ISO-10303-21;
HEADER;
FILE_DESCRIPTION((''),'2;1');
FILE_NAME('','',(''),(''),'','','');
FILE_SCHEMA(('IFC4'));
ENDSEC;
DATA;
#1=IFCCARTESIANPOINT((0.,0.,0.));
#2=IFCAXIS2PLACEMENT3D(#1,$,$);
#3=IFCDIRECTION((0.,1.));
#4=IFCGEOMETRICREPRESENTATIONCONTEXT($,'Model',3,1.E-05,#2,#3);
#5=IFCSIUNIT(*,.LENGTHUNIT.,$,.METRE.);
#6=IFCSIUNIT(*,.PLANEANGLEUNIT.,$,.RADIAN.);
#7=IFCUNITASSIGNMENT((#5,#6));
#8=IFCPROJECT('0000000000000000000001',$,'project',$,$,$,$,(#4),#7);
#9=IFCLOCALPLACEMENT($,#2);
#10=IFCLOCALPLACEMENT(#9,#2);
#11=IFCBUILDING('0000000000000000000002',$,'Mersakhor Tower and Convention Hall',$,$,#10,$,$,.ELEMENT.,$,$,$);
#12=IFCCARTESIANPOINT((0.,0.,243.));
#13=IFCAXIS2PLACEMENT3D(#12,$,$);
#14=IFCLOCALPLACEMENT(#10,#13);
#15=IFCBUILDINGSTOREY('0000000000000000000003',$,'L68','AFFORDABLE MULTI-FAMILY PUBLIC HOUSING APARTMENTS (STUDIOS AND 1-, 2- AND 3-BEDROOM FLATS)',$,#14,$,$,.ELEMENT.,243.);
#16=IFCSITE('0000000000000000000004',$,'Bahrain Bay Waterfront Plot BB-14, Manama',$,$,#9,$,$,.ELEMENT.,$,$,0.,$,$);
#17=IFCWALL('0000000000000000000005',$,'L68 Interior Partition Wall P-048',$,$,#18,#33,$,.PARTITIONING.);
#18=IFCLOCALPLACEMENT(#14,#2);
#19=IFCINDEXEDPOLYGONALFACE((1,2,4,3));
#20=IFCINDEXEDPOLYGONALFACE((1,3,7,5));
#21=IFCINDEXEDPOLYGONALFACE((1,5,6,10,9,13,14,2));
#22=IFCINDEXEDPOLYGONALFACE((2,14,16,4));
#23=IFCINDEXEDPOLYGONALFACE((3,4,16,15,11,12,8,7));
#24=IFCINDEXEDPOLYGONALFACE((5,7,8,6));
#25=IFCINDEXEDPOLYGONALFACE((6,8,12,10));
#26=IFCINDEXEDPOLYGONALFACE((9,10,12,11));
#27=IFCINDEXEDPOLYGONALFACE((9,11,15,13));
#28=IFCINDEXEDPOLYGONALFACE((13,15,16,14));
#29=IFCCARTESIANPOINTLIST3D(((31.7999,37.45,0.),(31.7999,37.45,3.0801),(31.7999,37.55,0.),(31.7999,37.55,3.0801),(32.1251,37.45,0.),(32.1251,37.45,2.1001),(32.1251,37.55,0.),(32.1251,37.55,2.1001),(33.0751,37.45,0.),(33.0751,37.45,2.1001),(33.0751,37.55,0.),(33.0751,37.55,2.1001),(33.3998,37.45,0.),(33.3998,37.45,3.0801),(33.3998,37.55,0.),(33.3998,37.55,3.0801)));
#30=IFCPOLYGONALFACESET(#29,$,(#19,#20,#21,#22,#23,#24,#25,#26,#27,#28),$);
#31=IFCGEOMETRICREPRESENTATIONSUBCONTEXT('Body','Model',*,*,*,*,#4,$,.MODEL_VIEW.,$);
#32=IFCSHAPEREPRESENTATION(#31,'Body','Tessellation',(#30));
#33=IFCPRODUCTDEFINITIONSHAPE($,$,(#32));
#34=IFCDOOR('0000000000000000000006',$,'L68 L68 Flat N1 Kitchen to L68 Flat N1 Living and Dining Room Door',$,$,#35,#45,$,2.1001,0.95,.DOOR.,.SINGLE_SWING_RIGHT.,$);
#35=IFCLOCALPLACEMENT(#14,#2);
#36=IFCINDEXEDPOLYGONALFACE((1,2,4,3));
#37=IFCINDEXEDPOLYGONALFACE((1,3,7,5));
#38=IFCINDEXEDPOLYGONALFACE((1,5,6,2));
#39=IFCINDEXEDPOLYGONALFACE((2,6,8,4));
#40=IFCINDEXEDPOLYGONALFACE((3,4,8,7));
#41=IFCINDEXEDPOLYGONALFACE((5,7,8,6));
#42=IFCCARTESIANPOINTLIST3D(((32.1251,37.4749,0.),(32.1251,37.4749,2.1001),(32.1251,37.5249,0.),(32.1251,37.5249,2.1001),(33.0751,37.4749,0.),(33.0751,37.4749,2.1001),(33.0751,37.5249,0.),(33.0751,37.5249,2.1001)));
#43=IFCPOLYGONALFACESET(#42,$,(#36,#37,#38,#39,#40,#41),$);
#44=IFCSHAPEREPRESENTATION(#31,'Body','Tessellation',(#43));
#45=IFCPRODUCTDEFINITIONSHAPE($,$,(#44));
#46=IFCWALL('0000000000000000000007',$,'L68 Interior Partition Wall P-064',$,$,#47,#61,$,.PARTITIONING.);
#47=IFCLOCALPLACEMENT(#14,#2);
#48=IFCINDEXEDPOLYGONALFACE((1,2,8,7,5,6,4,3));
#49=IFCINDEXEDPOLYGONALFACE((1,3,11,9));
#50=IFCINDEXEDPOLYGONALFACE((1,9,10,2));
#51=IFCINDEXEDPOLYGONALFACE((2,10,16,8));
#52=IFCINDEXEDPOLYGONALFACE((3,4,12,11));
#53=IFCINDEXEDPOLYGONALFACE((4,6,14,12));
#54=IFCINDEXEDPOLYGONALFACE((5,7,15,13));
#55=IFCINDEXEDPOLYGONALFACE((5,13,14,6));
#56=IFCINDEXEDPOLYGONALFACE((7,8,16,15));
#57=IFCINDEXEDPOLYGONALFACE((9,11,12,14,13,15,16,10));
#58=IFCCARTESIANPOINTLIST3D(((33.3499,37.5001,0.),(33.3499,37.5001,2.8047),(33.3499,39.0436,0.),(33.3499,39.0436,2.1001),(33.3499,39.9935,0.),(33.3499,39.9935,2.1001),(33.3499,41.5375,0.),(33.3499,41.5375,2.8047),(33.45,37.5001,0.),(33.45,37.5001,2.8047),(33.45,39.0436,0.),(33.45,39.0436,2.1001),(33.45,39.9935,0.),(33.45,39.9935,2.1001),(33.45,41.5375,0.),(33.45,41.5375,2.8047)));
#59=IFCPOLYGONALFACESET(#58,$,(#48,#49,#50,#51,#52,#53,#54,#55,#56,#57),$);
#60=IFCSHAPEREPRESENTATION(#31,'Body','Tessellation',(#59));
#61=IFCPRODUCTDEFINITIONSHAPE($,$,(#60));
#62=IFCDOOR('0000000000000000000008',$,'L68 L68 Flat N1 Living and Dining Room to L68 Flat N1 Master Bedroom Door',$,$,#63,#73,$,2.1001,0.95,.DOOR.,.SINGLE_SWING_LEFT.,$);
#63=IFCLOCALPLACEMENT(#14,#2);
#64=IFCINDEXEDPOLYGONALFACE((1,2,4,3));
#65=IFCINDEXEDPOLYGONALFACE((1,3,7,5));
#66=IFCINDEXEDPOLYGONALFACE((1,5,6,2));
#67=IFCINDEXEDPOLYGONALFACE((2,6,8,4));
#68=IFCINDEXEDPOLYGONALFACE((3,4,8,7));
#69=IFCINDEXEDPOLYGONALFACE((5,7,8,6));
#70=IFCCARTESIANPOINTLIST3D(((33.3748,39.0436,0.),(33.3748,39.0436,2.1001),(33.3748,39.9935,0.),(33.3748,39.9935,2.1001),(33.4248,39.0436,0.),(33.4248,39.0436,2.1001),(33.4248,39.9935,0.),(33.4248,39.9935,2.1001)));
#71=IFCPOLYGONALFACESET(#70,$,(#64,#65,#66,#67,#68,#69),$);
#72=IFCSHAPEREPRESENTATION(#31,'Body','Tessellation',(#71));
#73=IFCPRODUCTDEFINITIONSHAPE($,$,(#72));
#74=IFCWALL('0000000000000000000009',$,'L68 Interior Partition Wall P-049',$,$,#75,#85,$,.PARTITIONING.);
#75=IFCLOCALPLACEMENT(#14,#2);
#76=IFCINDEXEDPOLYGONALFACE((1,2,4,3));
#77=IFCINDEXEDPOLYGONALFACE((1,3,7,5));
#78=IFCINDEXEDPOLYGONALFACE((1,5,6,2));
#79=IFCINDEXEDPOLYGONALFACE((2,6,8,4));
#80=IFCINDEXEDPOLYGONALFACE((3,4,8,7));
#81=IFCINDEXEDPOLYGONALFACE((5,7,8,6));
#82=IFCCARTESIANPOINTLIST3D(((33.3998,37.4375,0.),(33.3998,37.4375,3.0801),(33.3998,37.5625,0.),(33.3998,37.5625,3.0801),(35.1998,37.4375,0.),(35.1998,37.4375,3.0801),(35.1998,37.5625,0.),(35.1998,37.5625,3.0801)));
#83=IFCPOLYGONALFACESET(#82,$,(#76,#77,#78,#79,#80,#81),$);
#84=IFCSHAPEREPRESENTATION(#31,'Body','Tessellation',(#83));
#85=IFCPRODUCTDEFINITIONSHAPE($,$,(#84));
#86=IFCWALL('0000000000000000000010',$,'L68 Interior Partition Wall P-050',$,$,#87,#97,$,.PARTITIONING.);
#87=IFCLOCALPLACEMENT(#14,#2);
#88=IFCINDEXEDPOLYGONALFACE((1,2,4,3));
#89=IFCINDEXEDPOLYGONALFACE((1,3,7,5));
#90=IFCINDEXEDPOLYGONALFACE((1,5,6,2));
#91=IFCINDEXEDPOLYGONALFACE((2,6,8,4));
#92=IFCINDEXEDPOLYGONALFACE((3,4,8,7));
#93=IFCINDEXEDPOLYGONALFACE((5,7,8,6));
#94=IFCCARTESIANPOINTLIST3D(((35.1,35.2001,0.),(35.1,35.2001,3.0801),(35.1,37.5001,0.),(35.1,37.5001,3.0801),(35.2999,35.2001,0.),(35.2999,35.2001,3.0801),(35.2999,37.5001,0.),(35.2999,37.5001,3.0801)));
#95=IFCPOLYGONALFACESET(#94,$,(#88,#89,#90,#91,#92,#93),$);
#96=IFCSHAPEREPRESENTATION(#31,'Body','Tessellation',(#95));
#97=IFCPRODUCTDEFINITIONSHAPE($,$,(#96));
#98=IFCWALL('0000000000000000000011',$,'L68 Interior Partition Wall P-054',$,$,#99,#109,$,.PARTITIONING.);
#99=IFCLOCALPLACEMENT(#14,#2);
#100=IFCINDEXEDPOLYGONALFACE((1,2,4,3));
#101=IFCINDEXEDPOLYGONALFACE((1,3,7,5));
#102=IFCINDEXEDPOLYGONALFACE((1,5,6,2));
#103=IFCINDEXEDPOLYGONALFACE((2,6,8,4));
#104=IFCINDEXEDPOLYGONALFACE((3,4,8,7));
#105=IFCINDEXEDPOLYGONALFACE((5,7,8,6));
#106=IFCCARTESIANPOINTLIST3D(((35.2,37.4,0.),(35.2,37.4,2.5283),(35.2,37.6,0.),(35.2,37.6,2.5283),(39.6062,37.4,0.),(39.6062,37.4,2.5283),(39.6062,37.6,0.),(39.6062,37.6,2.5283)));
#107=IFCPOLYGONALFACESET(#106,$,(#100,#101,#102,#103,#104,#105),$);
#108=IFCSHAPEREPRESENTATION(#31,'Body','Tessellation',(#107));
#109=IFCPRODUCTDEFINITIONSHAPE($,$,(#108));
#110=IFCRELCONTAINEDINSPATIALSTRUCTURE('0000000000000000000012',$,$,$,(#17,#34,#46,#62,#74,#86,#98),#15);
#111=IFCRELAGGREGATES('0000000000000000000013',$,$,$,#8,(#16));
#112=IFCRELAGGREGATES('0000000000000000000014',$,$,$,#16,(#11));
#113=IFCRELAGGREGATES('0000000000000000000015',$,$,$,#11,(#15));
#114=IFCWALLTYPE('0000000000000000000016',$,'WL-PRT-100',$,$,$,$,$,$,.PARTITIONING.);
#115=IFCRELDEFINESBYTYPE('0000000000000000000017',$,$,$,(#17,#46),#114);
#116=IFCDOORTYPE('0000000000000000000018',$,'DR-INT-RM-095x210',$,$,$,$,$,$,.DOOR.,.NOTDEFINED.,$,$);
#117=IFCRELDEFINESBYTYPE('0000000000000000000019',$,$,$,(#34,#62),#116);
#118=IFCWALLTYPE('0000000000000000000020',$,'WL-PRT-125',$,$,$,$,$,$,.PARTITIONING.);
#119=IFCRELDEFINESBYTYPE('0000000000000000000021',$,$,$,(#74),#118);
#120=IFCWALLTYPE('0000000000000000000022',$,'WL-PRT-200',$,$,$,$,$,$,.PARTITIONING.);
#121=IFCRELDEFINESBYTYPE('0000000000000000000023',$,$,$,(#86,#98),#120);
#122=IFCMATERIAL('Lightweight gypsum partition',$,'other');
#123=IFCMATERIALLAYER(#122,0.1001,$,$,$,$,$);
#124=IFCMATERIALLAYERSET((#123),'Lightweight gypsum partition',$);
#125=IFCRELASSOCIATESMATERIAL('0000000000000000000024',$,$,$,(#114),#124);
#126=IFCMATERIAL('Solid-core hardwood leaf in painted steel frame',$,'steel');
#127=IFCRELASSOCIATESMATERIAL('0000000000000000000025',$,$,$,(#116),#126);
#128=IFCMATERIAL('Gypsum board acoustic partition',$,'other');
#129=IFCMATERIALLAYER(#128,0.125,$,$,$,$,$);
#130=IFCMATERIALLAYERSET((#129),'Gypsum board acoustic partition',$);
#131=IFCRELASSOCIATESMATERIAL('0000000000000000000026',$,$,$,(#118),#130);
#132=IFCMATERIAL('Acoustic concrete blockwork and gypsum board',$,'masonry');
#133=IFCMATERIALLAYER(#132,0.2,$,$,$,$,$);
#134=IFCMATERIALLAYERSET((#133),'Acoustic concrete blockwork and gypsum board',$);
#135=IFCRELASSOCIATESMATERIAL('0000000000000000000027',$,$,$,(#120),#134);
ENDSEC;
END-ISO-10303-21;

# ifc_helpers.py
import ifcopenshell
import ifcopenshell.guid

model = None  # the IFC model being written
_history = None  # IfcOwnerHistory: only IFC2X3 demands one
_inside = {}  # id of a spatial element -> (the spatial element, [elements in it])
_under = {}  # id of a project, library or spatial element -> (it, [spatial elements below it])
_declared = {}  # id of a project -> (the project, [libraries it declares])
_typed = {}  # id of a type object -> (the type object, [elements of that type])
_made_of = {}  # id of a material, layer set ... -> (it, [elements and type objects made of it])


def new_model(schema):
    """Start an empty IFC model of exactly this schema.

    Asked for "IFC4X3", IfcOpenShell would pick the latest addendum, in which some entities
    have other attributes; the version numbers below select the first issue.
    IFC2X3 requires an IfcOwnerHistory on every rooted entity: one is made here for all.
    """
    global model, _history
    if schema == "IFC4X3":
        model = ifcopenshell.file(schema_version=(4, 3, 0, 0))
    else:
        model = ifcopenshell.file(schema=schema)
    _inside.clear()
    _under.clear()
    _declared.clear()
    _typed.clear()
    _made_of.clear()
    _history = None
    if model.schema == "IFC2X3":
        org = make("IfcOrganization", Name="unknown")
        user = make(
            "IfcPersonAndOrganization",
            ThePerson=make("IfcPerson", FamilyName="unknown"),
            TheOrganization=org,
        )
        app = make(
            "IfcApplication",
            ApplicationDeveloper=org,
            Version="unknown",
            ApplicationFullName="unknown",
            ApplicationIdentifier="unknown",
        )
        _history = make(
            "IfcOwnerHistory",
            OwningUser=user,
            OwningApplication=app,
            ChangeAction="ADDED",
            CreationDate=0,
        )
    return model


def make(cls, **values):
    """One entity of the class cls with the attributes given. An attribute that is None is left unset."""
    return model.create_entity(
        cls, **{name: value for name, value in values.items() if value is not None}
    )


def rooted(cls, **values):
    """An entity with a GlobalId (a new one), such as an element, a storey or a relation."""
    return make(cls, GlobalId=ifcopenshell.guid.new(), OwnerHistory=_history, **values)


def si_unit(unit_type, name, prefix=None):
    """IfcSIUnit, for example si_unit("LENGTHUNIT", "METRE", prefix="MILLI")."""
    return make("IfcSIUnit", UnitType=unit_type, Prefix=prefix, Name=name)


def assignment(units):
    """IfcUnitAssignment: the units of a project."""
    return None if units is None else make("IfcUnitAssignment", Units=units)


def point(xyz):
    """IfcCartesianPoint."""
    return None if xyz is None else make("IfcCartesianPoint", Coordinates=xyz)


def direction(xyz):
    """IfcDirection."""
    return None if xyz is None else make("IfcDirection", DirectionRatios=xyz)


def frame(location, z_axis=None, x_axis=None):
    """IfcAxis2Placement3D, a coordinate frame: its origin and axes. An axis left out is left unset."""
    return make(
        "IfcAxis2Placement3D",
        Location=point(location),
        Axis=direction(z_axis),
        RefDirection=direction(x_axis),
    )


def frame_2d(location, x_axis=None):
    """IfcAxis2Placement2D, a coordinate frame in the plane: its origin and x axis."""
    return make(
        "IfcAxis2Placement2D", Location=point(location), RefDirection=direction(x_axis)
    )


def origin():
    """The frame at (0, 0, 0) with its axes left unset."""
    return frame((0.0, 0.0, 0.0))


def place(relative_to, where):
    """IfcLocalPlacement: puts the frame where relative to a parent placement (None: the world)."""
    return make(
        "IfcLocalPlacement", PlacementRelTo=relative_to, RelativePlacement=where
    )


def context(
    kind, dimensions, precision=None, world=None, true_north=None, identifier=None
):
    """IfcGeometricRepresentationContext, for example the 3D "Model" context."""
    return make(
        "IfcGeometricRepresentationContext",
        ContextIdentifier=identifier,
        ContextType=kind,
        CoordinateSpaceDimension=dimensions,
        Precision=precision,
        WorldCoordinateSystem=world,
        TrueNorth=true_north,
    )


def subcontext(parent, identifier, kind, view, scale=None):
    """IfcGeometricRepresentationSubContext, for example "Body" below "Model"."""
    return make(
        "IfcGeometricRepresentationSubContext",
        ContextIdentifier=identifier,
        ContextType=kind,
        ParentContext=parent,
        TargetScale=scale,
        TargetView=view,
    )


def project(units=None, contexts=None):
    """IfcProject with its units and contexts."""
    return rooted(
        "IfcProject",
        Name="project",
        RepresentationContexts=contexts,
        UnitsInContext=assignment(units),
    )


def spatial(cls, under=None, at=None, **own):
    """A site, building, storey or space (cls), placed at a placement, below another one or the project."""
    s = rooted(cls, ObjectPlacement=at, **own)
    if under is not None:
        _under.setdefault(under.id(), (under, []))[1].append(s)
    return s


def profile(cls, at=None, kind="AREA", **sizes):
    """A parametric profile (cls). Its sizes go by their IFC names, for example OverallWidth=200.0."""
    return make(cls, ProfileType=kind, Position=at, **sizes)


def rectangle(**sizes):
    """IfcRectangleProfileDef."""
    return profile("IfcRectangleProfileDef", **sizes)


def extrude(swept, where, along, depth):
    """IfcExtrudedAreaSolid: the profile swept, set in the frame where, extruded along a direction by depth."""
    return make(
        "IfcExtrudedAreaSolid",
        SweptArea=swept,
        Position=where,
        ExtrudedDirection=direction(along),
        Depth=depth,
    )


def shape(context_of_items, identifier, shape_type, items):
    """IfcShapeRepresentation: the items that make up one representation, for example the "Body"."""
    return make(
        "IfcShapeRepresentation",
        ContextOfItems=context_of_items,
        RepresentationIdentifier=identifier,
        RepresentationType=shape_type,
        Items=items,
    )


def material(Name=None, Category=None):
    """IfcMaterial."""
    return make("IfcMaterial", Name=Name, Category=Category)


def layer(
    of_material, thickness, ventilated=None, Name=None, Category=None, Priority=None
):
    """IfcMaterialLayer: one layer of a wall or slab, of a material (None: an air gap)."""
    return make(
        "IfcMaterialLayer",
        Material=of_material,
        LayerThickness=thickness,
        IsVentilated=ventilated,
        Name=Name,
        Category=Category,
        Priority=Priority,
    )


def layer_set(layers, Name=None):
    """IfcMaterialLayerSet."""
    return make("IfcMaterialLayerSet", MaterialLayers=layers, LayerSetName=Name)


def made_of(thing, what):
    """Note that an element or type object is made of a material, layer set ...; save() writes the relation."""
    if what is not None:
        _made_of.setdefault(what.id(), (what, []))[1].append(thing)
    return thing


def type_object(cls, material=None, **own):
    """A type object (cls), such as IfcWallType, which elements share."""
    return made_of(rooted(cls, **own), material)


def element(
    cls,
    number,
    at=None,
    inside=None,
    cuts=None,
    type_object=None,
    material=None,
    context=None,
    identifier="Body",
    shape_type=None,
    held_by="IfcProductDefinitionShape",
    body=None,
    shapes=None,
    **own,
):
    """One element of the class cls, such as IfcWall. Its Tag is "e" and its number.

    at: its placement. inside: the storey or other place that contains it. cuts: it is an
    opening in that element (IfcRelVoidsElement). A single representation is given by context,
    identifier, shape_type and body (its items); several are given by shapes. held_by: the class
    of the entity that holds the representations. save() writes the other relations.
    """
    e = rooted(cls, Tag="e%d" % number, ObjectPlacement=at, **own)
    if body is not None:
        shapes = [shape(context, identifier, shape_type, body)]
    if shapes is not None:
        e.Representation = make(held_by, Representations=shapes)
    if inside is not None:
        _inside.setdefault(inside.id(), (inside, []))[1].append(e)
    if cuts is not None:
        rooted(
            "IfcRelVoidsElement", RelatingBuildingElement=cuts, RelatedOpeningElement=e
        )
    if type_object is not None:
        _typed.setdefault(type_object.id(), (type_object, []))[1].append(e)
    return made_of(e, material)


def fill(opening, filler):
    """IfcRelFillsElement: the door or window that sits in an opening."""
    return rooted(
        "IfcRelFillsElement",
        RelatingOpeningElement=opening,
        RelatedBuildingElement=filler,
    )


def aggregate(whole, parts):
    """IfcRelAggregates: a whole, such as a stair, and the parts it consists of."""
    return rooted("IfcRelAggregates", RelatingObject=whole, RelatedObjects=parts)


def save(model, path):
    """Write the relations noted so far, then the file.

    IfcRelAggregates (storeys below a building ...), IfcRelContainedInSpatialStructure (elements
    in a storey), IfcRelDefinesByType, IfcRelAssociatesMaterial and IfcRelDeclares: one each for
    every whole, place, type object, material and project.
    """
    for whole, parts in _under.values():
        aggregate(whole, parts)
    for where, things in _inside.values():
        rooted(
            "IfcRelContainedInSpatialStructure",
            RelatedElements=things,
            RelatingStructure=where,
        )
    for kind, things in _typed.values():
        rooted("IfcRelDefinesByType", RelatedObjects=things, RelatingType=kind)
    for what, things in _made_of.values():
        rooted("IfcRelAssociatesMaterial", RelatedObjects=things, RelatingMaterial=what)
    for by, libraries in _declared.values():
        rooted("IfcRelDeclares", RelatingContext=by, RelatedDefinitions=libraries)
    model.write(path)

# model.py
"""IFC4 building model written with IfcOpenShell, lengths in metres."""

from ifc_helpers import new_model, si_unit, direction, frame, frame_2d, origin, place, context, subcontext, project, spatial, rectangle, extrude, material, layer, layer_set, type_object, element, fill, save


model = new_model("IFC4")

# Units and contexts
model_context = context("Model", 3, precision=1e-05, world=origin(), true_north=direction((0.0, 1.0)))
body_context = subcontext(model_context, "Body", "Model", "MODEL_VIEW")
ifc_project = project(units=[si_unit("LENGTHUNIT", "METRE"), si_unit("PLANEANGLEUNIT", "RADIAN")], contexts=[model_context])

# Site, building, storey
site_placement = place(None, origin())
site = spatial("IfcSite", under=ifc_project, at=site_placement, Name="Bahrain Bay Waterfront Plot BB-14, Manama", CompositionType="ELEMENT", RefElevation=0.0)
building_placement = place(site_placement, origin())
building = spatial("IfcBuilding", under=site, at=building_placement, Name="Mersakhor Tower and Convention Hall", CompositionType="ELEMENT")
storey_placement = place(building_placement, frame((0.0, 0.0, 243.0)))
storey = spatial("IfcBuildingStorey", under=building, at=storey_placement, Name="L68", Description="AFFORDABLE MULTI-FAMILY PUBLIC HOUSING APARTMENTS (STUDIOS AND 1-, 2- AND 3-BEDROOM FLATS)", CompositionType="ELEMENT", Elevation=243.0)

# Walls, openings, doors
ifc_material_1 = material(Name="Lightweight gypsum partition", Category="other")
ifc_layer_1 = layer(ifc_material_1, 0.1001)
ifc_layer_set_1 = layer_set([ifc_layer_1], Name="Lightweight gypsum partition")
wall_type_1 = type_object("IfcWallType", Name="WL-PRT-100", PredefinedType="PARTITIONING", material=ifc_layer_set_1)
wall_1_placement = place(storey_placement, frame((31.8, 37.5, 0.0), z_axis=(0.0, 0.0, 1.0), x_axis=(1.0, 0.0, 0.0)))
wall_1 = element("IfcWall", 1, at=wall_1_placement, inside=storey, type_object=wall_type_1, Name="L68 Interior Partition Wall P-048", PredefinedType="PARTITIONING", context=body_context, shape_type="SweptSolid", body=[
    extrude(rectangle(XDim=1.5999, YDim=0.1001, at=frame_2d((0.7998, 0.0))), origin(), (0.0, 0.0, 1.0), 3.0801),
])
opening_1_placement = place(wall_1_placement, frame((0.325, 0.0, 0.0)))
opening_1 = element("IfcOpeningElement", 2, at=opening_1_placement, cuts=wall_1, PredefinedType="OPENING", context=body_context, shape_type="SweptSolid", body=[
    extrude(rectangle(XDim=0.95, YDim=2.1001, at=frame_2d((0.4751, 1.05))), frame((0.0, 0.0601, 0.0), z_axis=(0.0, -1.0, 0.0), x_axis=(1.0, 0.0, 0.0)), (0.0, 0.0, 1.0), 0.1201),
])
ifc_material_2 = material(Name="Solid-core hardwood leaf in painted steel frame", Category="steel")
door_type_1 = type_object("IfcDoorType", Name="DR-INT-RM-095x210", OperationType="NOTDEFINED", PredefinedType="DOOR", material=ifc_material_2)
door_1_placement = place(opening_1_placement, origin())
door_1 = element("IfcDoor", 3, at=door_1_placement, inside=storey, type_object=door_type_1, Name="L68 L68 Flat N1 Kitchen to L68 Flat N1 Living and Dining Room Door", OperationType="SINGLE_SWING_RIGHT", OverallHeight=2.1001, OverallWidth=0.95, PredefinedType="DOOR", context=body_context, shape_type="SweptSolid", body=[
    extrude(rectangle(XDim=0.95, YDim=2.1001, at=frame_2d((0.4751, 1.05))), frame((0.0, 0.0249, 0.0), z_axis=(0.0, -1.0, 0.0), x_axis=(1.0, 0.0, 0.0)), (0.0, 0.0, 1.0), 0.05),
])
fill(opening_1, door_1)
wall_2_placement = place(storey_placement, frame((33.3999, 41.5374, 0.0), z_axis=(0.0, 0.0, 1.0), x_axis=(0.0, -1.0, 0.0)))
wall_2 = element("IfcWall", 4, at=wall_2_placement, inside=storey, type_object=wall_type_1, Name="L68 Interior Partition Wall P-064", PredefinedType="PARTITIONING", context=body_context, shape_type="SweptSolid", body=[
    extrude(rectangle(XDim=4.0374, YDim=0.1001, at=frame_2d((2.0186, 0.0))), origin(), (0.0, 0.0, 1.0), 2.8047),
])
opening_2_placement = place(wall_2_placement, frame((1.5437, 0.0, 0.0)))
opening_2 = element("IfcOpeningElement", 5, at=opening_2_placement, cuts=wall_2, PredefinedType="OPENING", context=body_context, shape_type="SweptSolid", body=[
    extrude(rectangle(XDim=0.95, YDim=2.1001, at=frame_2d((0.4751, 1.05))), frame((0.0, 0.0601, 0.0), z_axis=(0.0, -1.0, 0.0), x_axis=(1.0, 0.0, 0.0)), (0.0, 0.0, 1.0), 0.1201),
])
door_2_placement = place(opening_2_placement, origin())
door_2 = element("IfcDoor", 6, at=door_2_placement, inside=storey, type_object=door_type_1, Name="L68 L68 Flat N1 Living and Dining Room to L68 Flat N1 Master Bedroom Door", OperationType="SINGLE_SWING_LEFT", OverallHeight=2.1001, OverallWidth=0.95, PredefinedType="DOOR", context=body_context, shape_type="SweptSolid", body=[
    extrude(rectangle(XDim=0.95, YDim=2.1001, at=frame_2d((0.4751, 1.05))), frame((0.0, 0.0249, 0.0), z_axis=(0.0, -1.0, 0.0), x_axis=(1.0, 0.0, 0.0)), (0.0, 0.0, 1.0), 0.05),
])
fill(opening_2, door_2)

# Walls
ifc_material_3 = material(Name="Gypsum board acoustic partition", Category="other")
ifc_layer_2 = layer(ifc_material_3, 0.125)
ifc_layer_set_2 = layer_set([ifc_layer_2], Name="Gypsum board acoustic partition")
wall_type_2 = type_object("IfcWallType", Name="WL-PRT-125", PredefinedType="PARTITIONING", material=ifc_layer_set_2)
wall_3_placement = place(storey_placement, frame((33.3999, 37.5, 0.0), z_axis=(0.0, 0.0, 1.0), x_axis=(1.0, 0.0, 0.0)))
element("IfcWall", 7, at=wall_3_placement, inside=storey, type_object=wall_type_2, Name="L68 Interior Partition Wall P-049", PredefinedType="PARTITIONING", context=body_context, shape_type="SweptSolid", body=[
    extrude(rectangle(XDim=1.8, YDim=0.125, at=frame_2d((0.8999, 0.0))), origin(), (0.0, 0.0, 1.0), 3.0801),
])
ifc_material_4 = material(Name="Acoustic concrete blockwork and gypsum board", Category="masonry")
ifc_layer_3 = layer(ifc_material_4, 0.2)
ifc_layer_set_3 = layer_set([ifc_layer_3], Name="Acoustic concrete blockwork and gypsum board")
wall_type_3 = type_object("IfcWallType", Name="WL-PRT-200", PredefinedType="PARTITIONING", material=ifc_layer_set_3)
wall_4_placement = place(storey_placement, frame((35.2, 37.5, 0.0), z_axis=(0.0, 0.0, 1.0), x_axis=(0.0, -1.0, 0.0)))
element("IfcWall", 8, at=wall_4_placement, inside=storey, type_object=wall_type_3, Name="L68 Interior Partition Wall P-050", PredefinedType="PARTITIONING", context=body_context, shape_type="SweptSolid", body=[
    extrude(rectangle(XDim=2.3, YDim=0.2, at=frame_2d((1.1499, 0.0))), origin(), (0.0, 0.0, 1.0), 3.0801),
])
wall_5_placement = place(storey_placement, frame((35.2, 37.5, 0.0), z_axis=(0.0, 0.0, 1.0), x_axis=(1.0, 0.0, 0.0)))
element("IfcWall", 9, at=wall_5_placement, inside=storey, type_object=wall_type_3, Name="L68 Interior Partition Wall P-054", PredefinedType="PARTITIONING", context=body_context, shape_type="SweptSolid", body=[
    extrude(rectangle(XDim=4.4062, YDim=0.2, at=frame_2d((2.2031, 0.0))), origin(), (0.0, 0.0, 1.0), 2.5283),
])

save(model, "model.ifc")
